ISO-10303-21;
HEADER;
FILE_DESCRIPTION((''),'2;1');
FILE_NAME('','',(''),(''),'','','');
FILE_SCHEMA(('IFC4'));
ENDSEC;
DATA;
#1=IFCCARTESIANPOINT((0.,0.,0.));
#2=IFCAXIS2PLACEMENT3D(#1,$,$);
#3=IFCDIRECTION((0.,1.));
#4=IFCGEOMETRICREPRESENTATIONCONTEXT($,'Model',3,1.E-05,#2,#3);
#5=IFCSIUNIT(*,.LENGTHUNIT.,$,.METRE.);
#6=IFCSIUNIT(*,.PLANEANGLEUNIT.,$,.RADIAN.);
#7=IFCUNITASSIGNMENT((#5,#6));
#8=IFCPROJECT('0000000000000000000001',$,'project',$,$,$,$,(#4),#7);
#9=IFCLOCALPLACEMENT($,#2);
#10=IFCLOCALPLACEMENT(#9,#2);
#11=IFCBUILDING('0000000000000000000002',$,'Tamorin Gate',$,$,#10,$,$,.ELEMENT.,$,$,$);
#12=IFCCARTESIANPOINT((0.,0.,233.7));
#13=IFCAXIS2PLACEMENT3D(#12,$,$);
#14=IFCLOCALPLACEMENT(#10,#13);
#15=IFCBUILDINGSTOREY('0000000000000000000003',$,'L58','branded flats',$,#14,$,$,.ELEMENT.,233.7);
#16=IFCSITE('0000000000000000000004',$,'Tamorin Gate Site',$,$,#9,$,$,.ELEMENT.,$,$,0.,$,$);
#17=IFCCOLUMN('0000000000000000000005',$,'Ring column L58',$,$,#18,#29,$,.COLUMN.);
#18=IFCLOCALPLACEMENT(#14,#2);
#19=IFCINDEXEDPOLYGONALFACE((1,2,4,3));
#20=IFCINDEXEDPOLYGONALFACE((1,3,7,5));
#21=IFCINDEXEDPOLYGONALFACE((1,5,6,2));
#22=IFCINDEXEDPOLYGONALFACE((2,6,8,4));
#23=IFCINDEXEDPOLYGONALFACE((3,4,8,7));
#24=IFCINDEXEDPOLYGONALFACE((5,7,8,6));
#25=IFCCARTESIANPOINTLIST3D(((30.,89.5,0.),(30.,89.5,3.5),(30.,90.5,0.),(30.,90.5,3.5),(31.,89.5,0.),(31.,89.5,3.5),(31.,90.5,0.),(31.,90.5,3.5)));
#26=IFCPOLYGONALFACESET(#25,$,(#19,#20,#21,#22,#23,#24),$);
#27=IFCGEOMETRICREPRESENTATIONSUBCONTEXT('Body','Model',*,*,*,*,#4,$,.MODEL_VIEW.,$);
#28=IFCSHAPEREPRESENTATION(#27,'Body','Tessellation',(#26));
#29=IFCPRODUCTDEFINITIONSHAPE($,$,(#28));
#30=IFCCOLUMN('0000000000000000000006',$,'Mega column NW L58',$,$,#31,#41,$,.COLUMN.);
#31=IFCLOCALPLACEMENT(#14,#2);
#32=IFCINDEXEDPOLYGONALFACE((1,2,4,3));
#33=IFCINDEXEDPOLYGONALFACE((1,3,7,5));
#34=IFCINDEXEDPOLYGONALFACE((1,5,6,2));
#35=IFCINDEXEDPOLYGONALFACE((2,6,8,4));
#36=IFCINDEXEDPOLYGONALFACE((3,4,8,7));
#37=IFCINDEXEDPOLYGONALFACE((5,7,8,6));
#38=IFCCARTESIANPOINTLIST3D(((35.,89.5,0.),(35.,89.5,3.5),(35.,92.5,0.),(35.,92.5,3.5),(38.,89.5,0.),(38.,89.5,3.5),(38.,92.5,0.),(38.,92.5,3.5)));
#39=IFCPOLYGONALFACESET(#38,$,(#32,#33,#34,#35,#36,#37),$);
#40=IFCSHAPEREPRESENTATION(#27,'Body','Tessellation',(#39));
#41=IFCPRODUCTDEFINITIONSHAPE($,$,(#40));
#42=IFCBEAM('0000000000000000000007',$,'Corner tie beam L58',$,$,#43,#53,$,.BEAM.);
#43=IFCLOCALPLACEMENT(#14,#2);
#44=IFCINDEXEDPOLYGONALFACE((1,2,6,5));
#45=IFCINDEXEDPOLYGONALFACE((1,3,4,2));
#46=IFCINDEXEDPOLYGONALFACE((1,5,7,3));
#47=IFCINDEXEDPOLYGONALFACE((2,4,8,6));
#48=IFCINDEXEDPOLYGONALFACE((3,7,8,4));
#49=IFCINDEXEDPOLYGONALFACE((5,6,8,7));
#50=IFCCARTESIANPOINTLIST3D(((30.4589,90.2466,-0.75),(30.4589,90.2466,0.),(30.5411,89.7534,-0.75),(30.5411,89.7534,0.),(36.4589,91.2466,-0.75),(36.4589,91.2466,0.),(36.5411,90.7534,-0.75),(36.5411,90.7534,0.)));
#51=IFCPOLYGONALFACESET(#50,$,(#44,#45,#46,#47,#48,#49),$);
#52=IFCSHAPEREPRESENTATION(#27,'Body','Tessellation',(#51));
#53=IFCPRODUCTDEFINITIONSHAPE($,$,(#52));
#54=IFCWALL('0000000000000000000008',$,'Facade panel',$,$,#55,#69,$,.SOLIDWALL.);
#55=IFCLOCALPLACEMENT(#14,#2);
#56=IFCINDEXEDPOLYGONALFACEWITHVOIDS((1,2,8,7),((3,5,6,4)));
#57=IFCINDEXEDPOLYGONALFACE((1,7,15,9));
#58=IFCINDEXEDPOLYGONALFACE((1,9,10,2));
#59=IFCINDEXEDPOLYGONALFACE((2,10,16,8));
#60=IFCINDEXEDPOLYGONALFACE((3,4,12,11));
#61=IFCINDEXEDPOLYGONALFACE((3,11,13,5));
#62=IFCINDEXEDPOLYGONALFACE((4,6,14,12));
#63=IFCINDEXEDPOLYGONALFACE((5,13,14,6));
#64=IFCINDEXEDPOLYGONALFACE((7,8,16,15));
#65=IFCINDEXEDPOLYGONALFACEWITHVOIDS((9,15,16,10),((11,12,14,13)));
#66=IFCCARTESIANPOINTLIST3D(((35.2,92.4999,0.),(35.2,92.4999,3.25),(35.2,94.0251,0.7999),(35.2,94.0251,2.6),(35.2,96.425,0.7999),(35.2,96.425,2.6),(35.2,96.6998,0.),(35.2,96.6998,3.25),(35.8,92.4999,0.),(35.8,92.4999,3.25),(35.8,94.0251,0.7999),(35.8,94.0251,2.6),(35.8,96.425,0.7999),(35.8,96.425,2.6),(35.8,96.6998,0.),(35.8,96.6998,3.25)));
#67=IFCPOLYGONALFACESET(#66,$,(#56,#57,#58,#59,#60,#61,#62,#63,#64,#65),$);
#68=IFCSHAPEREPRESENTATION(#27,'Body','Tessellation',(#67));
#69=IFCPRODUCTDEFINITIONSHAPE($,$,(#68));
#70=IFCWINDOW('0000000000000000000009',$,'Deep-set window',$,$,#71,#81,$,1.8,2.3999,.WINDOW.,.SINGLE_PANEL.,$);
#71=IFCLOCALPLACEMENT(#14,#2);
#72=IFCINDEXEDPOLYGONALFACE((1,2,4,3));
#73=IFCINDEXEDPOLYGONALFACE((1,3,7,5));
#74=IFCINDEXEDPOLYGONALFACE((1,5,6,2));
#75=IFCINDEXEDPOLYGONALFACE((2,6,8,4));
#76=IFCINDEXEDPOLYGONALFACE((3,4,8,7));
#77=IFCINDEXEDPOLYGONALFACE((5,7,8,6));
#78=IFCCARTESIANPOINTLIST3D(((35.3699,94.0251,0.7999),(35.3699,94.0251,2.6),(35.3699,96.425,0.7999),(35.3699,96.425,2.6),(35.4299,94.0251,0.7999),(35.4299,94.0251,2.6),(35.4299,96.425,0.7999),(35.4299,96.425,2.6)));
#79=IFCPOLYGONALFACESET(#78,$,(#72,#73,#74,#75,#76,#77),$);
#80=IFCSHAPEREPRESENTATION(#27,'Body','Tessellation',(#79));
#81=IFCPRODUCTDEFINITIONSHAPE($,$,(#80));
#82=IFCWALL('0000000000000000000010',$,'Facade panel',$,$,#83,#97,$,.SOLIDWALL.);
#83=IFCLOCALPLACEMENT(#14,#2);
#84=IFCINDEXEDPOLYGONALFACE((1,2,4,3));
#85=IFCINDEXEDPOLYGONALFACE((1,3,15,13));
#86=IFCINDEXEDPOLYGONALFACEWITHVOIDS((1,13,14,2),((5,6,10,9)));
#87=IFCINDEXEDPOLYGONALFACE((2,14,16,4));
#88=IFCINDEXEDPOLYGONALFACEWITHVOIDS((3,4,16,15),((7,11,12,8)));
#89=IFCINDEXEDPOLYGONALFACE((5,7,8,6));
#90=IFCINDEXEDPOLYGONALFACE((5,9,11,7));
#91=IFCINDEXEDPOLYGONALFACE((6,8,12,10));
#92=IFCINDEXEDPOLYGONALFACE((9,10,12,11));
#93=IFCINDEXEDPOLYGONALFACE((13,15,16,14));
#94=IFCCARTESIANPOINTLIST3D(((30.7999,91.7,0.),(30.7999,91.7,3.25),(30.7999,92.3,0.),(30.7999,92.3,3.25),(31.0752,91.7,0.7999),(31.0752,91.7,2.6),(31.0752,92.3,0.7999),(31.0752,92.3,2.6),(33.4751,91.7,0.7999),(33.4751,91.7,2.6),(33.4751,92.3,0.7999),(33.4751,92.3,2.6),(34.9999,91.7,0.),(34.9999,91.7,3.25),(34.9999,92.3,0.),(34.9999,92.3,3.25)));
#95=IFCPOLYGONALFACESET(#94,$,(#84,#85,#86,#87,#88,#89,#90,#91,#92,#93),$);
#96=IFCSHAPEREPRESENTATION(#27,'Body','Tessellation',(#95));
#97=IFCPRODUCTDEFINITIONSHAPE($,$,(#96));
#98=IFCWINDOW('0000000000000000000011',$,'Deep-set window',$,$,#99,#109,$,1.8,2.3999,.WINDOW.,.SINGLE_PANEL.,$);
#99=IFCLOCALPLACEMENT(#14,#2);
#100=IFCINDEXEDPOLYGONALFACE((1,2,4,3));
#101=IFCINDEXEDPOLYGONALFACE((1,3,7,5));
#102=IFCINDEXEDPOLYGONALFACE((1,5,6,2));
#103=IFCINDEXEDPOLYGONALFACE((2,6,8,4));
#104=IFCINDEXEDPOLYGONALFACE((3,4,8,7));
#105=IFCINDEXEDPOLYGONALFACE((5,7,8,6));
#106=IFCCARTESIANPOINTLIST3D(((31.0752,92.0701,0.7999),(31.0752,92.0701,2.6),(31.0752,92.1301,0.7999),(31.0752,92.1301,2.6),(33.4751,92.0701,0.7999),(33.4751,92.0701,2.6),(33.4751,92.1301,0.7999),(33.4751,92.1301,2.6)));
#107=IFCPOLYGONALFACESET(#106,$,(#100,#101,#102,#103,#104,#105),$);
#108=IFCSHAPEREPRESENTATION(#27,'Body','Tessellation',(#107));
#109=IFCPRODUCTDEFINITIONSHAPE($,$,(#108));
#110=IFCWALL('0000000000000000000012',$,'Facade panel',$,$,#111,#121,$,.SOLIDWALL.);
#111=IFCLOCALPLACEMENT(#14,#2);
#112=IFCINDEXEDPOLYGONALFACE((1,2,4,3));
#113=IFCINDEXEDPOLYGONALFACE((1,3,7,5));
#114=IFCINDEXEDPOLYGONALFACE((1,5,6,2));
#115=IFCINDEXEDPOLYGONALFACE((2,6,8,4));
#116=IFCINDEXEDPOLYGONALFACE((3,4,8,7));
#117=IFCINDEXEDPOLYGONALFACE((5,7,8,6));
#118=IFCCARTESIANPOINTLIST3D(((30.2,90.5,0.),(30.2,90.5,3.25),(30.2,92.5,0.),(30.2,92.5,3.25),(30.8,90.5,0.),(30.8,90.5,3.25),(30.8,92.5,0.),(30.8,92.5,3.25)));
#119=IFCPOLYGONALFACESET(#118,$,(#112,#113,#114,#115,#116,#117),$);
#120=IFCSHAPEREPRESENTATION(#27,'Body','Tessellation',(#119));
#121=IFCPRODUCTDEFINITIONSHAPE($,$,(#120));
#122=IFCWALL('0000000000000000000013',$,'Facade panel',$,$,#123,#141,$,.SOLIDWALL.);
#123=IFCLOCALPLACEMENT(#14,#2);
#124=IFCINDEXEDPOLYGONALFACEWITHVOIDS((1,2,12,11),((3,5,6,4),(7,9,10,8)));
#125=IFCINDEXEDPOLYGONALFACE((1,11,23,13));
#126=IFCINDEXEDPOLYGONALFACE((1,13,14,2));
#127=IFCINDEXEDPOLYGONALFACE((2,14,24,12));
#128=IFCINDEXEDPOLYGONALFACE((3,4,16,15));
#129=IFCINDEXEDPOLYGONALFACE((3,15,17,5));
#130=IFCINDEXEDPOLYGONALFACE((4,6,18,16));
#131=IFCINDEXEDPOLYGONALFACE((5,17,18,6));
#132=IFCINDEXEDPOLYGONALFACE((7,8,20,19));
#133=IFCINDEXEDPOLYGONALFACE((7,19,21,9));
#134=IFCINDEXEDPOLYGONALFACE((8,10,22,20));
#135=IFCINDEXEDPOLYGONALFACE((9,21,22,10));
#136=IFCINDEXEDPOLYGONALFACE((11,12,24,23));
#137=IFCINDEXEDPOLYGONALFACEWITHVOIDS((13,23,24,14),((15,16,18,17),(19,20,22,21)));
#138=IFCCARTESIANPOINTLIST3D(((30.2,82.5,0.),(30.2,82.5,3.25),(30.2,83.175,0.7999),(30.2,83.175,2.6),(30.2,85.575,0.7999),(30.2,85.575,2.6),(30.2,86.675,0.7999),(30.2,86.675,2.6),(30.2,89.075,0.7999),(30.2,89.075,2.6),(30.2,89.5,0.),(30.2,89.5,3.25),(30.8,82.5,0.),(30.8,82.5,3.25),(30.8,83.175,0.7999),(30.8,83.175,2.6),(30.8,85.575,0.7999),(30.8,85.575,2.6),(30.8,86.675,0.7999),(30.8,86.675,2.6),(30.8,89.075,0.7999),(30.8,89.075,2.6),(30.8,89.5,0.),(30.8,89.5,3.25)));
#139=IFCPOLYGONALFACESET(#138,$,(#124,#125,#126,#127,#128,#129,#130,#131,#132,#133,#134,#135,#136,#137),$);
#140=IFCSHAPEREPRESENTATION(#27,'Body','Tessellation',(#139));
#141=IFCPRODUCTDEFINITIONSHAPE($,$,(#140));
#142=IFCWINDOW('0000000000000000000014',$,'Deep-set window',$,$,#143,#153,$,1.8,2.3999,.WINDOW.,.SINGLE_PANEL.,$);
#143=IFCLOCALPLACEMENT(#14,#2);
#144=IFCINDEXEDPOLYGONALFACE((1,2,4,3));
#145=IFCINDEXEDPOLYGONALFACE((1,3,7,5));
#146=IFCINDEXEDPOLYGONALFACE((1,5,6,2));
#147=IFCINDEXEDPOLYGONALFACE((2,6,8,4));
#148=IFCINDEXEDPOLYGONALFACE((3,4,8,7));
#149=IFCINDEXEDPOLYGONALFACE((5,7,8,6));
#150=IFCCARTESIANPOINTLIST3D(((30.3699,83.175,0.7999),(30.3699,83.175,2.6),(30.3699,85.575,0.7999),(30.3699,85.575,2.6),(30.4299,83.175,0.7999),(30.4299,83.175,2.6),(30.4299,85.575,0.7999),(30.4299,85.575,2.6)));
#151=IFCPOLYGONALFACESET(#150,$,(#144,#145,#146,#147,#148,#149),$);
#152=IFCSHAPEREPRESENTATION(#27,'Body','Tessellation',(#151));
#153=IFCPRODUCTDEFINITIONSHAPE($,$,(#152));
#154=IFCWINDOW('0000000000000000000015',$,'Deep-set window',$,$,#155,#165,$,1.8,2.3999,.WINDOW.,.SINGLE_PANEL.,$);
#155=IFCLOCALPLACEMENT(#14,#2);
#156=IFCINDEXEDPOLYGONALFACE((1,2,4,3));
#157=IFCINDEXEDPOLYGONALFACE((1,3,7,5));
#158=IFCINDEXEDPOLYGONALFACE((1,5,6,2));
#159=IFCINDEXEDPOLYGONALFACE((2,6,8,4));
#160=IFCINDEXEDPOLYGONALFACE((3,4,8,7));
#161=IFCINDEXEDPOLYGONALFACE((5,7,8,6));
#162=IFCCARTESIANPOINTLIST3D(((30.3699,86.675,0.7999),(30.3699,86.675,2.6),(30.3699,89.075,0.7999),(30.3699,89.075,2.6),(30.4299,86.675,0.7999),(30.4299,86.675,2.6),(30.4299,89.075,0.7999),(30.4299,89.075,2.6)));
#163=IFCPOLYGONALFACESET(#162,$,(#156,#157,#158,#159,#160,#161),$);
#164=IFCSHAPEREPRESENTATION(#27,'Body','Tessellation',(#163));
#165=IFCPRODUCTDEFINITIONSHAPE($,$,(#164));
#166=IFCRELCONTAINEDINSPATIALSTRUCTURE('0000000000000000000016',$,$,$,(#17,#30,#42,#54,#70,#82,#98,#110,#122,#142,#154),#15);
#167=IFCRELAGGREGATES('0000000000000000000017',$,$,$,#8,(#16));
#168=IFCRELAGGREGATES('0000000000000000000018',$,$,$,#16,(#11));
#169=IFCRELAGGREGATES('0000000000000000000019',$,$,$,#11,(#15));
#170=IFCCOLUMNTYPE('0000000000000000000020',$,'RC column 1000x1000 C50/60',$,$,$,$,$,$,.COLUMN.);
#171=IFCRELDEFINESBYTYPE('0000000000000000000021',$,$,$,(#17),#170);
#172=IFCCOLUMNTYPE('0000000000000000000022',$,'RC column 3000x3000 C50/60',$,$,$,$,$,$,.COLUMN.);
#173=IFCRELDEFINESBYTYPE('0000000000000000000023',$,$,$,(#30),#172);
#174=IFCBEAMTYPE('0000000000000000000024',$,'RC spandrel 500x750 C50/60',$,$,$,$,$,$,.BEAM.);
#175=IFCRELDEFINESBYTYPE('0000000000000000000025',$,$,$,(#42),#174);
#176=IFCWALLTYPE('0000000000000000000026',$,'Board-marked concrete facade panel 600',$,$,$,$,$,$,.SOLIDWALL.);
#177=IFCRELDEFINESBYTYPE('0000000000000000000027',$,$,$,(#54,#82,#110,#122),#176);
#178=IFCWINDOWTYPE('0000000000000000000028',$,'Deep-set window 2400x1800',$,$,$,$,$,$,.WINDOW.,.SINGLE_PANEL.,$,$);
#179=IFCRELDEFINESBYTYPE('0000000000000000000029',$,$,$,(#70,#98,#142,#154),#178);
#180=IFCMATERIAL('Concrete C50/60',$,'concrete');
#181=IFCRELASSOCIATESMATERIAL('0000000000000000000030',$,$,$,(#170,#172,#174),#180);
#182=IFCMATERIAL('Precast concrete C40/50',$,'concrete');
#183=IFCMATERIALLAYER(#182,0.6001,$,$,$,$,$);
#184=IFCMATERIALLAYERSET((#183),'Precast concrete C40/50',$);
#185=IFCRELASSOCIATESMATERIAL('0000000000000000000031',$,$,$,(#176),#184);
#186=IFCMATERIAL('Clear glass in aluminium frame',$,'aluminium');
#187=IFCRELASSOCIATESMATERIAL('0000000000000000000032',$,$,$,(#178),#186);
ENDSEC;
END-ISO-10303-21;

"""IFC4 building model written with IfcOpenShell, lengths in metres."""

from ifc_helpers import new_model, si_unit, direction, frame, frame_2d, origin, origin_2d, place, context, subcontext, project, spatial, rectangle, extrude, material, layer, layer_set, material_profile, profile_set, type_object, element, fill, save


model = new_model("IFC4")

# Units and contexts
model_context = context("Model", 3, precision=1e-05, world=origin(), true_north=direction((0.0, 1.0)))
body_context = subcontext(model_context, "Body", "Model", "MODEL_VIEW")
ifc_project = project(units=[si_unit("LENGTHUNIT", "METRE"), si_unit("PLANEANGLEUNIT", "RADIAN")], contexts=[model_context])

# Site, building, storey
site_placement = place(None, origin())
site = spatial("IfcSite", under=ifc_project, at=site_placement, Name="Tamorin Gate Site", CompositionType="ELEMENT", RefElevation=0.0)
building_placement = place(site_placement, origin())
building = spatial("IfcBuilding", under=site, at=building_placement, Name="Tamorin Gate", CompositionType="ELEMENT")
storey_placement = place(building_placement, frame((0.0, 0.0, 233.7)))
storey = spatial("IfcBuildingStorey", under=building, at=storey_placement, Name="L58", Description="branded flats", CompositionType="ELEMENT", Elevation=233.7)

# Columns
ifc_material_1 = material(Name="Concrete C50/60", Category="concrete")
ifc_material_profile_1 = material_profile(ifc_material_1, rectangle(XDim=1.0, YDim=1.0, at=origin_2d()), Name="RC 1000x1000")
ifc_profile_set_1 = profile_set([ifc_material_profile_1], Name="Concrete C50/60")
column_type_1 = type_object("IfcColumnType", Name="RC column 1000x1000 C50/60", PredefinedType="COLUMN", material=ifc_profile_set_1)
column_1_placement = place(storey_placement, frame((30.5, 90.0, 0.0), z_axis=(0.0, 0.0, 1.0), x_axis=(1.0, 0.0, 0.0)))
element("IfcColumn", 1, at=column_1_placement, inside=storey, type_object=column_type_1, Name="Ring column L58", PredefinedType="COLUMN", context=body_context, shape_type="SweptSolid", body=[
    extrude(rectangle(XDim=1.0, YDim=1.0, at=origin_2d()), origin(), (0.0, 0.0, 1.0), 3.5),
])
ifc_material_profile_2 = material_profile(ifc_material_1, rectangle(XDim=3.0, YDim=3.0, at=origin_2d()), Name="RC 3000x3000")
ifc_profile_set_2 = profile_set([ifc_material_profile_2], Name="Concrete C50/60")
column_type_2 = type_object("IfcColumnType", Name="RC column 3000x3000 C50/60", PredefinedType="COLUMN", material=ifc_profile_set_2)
column_2_placement = place(storey_placement, frame((36.5, 91.0, 0.0), z_axis=(0.0, 0.0, 1.0), x_axis=(1.0, 0.0, 0.0)))
element("IfcColumn", 2, at=column_2_placement, inside=storey, type_object=column_type_2, Name="Mega column NW L58", PredefinedType="COLUMN", context=body_context, shape_type="SweptSolid", body=[
    extrude(rectangle(XDim=3.0, YDim=3.0, at=origin_2d()), origin(), (0.0, 0.0, 1.0), 3.5),
])

# Beam
ifc_material_profile_3 = material_profile(ifc_material_1, rectangle(XDim=0.5, YDim=0.75, at=origin_2d()), Name="RC 500x750")
ifc_profile_set_3 = profile_set([ifc_material_profile_3], Name="Concrete C50/60")
beam_type = type_object("IfcBeamType", Name="RC spandrel 500x750 C50/60", PredefinedType="BEAM", material=ifc_profile_set_3)
beam_placement = place(storey_placement, frame((36.5, 91.0, -0.375), z_axis=(-0.986394, -0.164399, 0.0), x_axis=(0.164399, -0.986394, 0.0)))
element("IfcBeam", 3, at=beam_placement, inside=storey, type_object=beam_type, Name="Corner tie beam L58", PredefinedType="BEAM", context=body_context, shape_type="SweptSolid", body=[
    extrude(rectangle(XDim=0.5, YDim=0.75, at=origin_2d()), origin(), (0.0, 0.0, 1.0), 6.0828),
])

# Walls, openings, windows
ifc_material_2 = material(Name="Precast concrete C40/50", Category="concrete")
ifc_layer_1 = layer(ifc_material_2, 0.6001)
ifc_layer_set_1 = layer_set([ifc_layer_1], Name="Precast concrete C40/50")
wall_type_1 = type_object("IfcWallType", Name="Board-marked concrete facade panel 600", PredefinedType="SOLIDWALL", material=ifc_layer_set_1)
wall_1_placement = place(storey_placement, frame((35.5, 96.7, 0.0), z_axis=(0.0, 0.0, 1.0), x_axis=(0.0, -1.0, 0.0)))
wall_1 = element("IfcWall", 4, at=wall_1_placement, inside=storey, type_object=wall_type_1, Name="Facade panel", PredefinedType="SOLIDWALL", context=body_context, shape_type="SweptSolid", body=[
    extrude(rectangle(XDim=4.2, YDim=0.6001, at=frame_2d((2.1001, 0.0))), origin(), (0.0, 0.0, 1.0), 3.25),
])
opening_1_placement = place(wall_1_placement, frame((0.2749, 0.0, 0.8)))
opening_1 = element("IfcOpeningElement", 5, at=opening_1_placement, cuts=wall_1, PredefinedType="OPENING", context=body_context, shape_type="SweptSolid", body=[
    extrude(rectangle(XDim=2.3999, YDim=1.8, at=frame_2d((1.2, 0.8999))), frame((0.0, 0.3101, 0.0), z_axis=(0.0, -1.0, 0.0), x_axis=(1.0, 0.0, 0.0)), (0.0, 0.0, 1.0), 0.6201),
])
ifc_material_3 = material(Name="Clear glass in aluminium frame", Category="aluminium")
window_type = type_object("IfcWindowType", Name="Deep-set window 2400x1800", PartitioningType="SINGLE_PANEL", PredefinedType="WINDOW", material=ifc_material_3)
window_1_placement = place(opening_1_placement, origin())
window_1 = element("IfcWindow", 6, at=window_1_placement, inside=storey, type_object=window_type, Name="Deep-set window", OverallHeight=1.8, OverallWidth=2.3999, PartitioningType="SINGLE_PANEL", PredefinedType="WINDOW", context=body_context, shape_type="SweptSolid", body=[
    extrude(rectangle(XDim=2.3999, YDim=1.8, at=frame_2d((1.2, 0.8999))), frame((0.0, -0.0701, 0.0), z_axis=(0.0, -1.0, 0.0), x_axis=(1.0, 0.0, 0.0)), (0.0, 0.0, 1.0), 0.0601),
])
fill(opening_1, window_1)
wall_2_placement = place(storey_placement, frame((35.0, 92.0, 0.0), z_axis=(0.0, 0.0, 1.0), x_axis=(-1.0, 0.0, 0.0)))
wall_2 = element("IfcWall", 7, at=wall_2_placement, inside=storey, type_object=wall_type_1, Name="Facade panel", PredefinedType="SOLIDWALL", context=body_context, shape_type="SweptSolid", body=[
    extrude(rectangle(XDim=4.2, YDim=0.6001, at=frame_2d((2.1001, 0.0))), origin(), (0.0, 0.0, 1.0), 3.25),
])
opening_2_placement = place(wall_2_placement, frame((1.5249, 0.0, 0.8)))
opening_2 = element("IfcOpeningElement", 8, at=opening_2_placement, cuts=wall_2, PredefinedType="OPENING", context=body_context, shape_type="SweptSolid", body=[
    extrude(rectangle(XDim=2.3999, YDim=1.8, at=frame_2d((1.2, 0.8999))), frame((0.0, 0.3101, 0.0), z_axis=(0.0, -1.0, 0.0), x_axis=(1.0, 0.0, 0.0)), (0.0, 0.0, 1.0), 0.6201),
])
window_2_placement = place(opening_2_placement, origin())
window_2 = element("IfcWindow", 9, at=window_2_placement, inside=storey, type_object=window_type, Name="Deep-set window", OverallHeight=1.8, OverallWidth=2.3999, PartitioningType="SINGLE_PANEL", PredefinedType="WINDOW", context=body_context, shape_type="SweptSolid", body=[
    extrude(rectangle(XDim=2.3999, YDim=1.8, at=frame_2d((1.2, 0.8999))), frame((0.0, -0.0701, 0.0), z_axis=(0.0, -1.0, 0.0), x_axis=(1.0, 0.0, 0.0)), (0.0, 0.0, 1.0), 0.0601),
])
fill(opening_2, window_2)

# Wall
wall_3_placement = place(storey_placement, frame((30.5, 92.5, 0.0), z_axis=(0.0, 0.0, 1.0), x_axis=(0.0, -1.0, 0.0)))
element("IfcWall", 10, at=wall_3_placement, inside=storey, type_object=wall_type_1, Name="Facade panel", PredefinedType="SOLIDWALL", context=body_context, shape_type="SweptSolid", body=[
    extrude(rectangle(XDim=2.0, YDim=0.6001, at=frame_2d((1.0, 0.0))), origin(), (0.0, 0.0, 1.0), 3.25),
])

# Wall, openings, windows
wall_4_placement = place(storey_placement, frame((30.5, 89.5, 0.0), z_axis=(0.0, 0.0, 1.0), x_axis=(0.0, -1.0, 0.0)))
wall_4 = element("IfcWall", 11, at=wall_4_placement, inside=storey, type_object=wall_type_1, Name="Facade panel", PredefinedType="SOLIDWALL", context=body_context, shape_type="SweptSolid", body=[
    extrude(rectangle(XDim=7.0, YDim=0.6001, at=frame_2d((3.5, 0.0))), origin(), (0.0, 0.0, 1.0), 3.25),
])
opening_3_placement = place(wall_4_placement, frame((3.925, 0.0, 0.8)))
opening_3 = element("IfcOpeningElement", 12, at=opening_3_placement, cuts=wall_4, PredefinedType="OPENING", context=body_context, shape_type="SweptSolid", body=[
    extrude(rectangle(XDim=2.3999, YDim=1.8, at=frame_2d((1.2, 0.8999))), frame((0.0, 0.3101, 0.0), z_axis=(0.0, -1.0, 0.0), x_axis=(1.0, 0.0, 0.0)), (0.0, 0.0, 1.0), 0.6201),
])
opening_4_placement = place(wall_4_placement, frame((0.425, 0.0, 0.8)))
opening_4 = element("IfcOpeningElement", 13, at=opening_4_placement, cuts=wall_4, PredefinedType="OPENING", context=body_context, shape_type="SweptSolid", body=[
    extrude(rectangle(XDim=2.3999, YDim=1.8, at=frame_2d((1.2, 0.8999))), frame((0.0, 0.3101, 0.0), z_axis=(0.0, -1.0, 0.0), x_axis=(1.0, 0.0, 0.0)), (0.0, 0.0, 1.0), 0.6201),
])
window_3_placement = place(opening_3_placement, origin())
window_3 = element("IfcWindow", 14, at=window_3_placement, inside=storey, type_object=window_type, Name="Deep-set window", OverallHeight=1.8, OverallWidth=2.3999, PartitioningType="SINGLE_PANEL", PredefinedType="WINDOW", context=body_context, shape_type="SweptSolid", body=[
    extrude(rectangle(XDim=2.3999, YDim=1.8, at=frame_2d((1.2, 0.8999))), frame((0.0, -0.0701, 0.0), z_axis=(0.0, -1.0, 0.0), x_axis=(1.0, 0.0, 0.0)), (0.0, 0.0, 1.0), 0.0601),
])
fill(opening_3, window_3)
window_4_placement = place(opening_4_placement, origin())
window_4 = element("IfcWindow", 15, at=window_4_placement, inside=storey, type_object=window_type, Name="Deep-set window", OverallHeight=1.8, OverallWidth=2.3999, PartitioningType="SINGLE_PANEL", PredefinedType="WINDOW", context=body_context, shape_type="SweptSolid", body=[
    extrude(rectangle(XDim=2.3999, YDim=1.8, at=frame_2d((1.2, 0.8999))), frame((0.0, -0.0701, 0.0), z_axis=(0.0, -1.0, 0.0), x_axis=(1.0, 0.0, 0.0)), (0.0, 0.0, 1.0), 0.0601),
])
fill(opening_4, window_4)

save(model, "model.ifc")
